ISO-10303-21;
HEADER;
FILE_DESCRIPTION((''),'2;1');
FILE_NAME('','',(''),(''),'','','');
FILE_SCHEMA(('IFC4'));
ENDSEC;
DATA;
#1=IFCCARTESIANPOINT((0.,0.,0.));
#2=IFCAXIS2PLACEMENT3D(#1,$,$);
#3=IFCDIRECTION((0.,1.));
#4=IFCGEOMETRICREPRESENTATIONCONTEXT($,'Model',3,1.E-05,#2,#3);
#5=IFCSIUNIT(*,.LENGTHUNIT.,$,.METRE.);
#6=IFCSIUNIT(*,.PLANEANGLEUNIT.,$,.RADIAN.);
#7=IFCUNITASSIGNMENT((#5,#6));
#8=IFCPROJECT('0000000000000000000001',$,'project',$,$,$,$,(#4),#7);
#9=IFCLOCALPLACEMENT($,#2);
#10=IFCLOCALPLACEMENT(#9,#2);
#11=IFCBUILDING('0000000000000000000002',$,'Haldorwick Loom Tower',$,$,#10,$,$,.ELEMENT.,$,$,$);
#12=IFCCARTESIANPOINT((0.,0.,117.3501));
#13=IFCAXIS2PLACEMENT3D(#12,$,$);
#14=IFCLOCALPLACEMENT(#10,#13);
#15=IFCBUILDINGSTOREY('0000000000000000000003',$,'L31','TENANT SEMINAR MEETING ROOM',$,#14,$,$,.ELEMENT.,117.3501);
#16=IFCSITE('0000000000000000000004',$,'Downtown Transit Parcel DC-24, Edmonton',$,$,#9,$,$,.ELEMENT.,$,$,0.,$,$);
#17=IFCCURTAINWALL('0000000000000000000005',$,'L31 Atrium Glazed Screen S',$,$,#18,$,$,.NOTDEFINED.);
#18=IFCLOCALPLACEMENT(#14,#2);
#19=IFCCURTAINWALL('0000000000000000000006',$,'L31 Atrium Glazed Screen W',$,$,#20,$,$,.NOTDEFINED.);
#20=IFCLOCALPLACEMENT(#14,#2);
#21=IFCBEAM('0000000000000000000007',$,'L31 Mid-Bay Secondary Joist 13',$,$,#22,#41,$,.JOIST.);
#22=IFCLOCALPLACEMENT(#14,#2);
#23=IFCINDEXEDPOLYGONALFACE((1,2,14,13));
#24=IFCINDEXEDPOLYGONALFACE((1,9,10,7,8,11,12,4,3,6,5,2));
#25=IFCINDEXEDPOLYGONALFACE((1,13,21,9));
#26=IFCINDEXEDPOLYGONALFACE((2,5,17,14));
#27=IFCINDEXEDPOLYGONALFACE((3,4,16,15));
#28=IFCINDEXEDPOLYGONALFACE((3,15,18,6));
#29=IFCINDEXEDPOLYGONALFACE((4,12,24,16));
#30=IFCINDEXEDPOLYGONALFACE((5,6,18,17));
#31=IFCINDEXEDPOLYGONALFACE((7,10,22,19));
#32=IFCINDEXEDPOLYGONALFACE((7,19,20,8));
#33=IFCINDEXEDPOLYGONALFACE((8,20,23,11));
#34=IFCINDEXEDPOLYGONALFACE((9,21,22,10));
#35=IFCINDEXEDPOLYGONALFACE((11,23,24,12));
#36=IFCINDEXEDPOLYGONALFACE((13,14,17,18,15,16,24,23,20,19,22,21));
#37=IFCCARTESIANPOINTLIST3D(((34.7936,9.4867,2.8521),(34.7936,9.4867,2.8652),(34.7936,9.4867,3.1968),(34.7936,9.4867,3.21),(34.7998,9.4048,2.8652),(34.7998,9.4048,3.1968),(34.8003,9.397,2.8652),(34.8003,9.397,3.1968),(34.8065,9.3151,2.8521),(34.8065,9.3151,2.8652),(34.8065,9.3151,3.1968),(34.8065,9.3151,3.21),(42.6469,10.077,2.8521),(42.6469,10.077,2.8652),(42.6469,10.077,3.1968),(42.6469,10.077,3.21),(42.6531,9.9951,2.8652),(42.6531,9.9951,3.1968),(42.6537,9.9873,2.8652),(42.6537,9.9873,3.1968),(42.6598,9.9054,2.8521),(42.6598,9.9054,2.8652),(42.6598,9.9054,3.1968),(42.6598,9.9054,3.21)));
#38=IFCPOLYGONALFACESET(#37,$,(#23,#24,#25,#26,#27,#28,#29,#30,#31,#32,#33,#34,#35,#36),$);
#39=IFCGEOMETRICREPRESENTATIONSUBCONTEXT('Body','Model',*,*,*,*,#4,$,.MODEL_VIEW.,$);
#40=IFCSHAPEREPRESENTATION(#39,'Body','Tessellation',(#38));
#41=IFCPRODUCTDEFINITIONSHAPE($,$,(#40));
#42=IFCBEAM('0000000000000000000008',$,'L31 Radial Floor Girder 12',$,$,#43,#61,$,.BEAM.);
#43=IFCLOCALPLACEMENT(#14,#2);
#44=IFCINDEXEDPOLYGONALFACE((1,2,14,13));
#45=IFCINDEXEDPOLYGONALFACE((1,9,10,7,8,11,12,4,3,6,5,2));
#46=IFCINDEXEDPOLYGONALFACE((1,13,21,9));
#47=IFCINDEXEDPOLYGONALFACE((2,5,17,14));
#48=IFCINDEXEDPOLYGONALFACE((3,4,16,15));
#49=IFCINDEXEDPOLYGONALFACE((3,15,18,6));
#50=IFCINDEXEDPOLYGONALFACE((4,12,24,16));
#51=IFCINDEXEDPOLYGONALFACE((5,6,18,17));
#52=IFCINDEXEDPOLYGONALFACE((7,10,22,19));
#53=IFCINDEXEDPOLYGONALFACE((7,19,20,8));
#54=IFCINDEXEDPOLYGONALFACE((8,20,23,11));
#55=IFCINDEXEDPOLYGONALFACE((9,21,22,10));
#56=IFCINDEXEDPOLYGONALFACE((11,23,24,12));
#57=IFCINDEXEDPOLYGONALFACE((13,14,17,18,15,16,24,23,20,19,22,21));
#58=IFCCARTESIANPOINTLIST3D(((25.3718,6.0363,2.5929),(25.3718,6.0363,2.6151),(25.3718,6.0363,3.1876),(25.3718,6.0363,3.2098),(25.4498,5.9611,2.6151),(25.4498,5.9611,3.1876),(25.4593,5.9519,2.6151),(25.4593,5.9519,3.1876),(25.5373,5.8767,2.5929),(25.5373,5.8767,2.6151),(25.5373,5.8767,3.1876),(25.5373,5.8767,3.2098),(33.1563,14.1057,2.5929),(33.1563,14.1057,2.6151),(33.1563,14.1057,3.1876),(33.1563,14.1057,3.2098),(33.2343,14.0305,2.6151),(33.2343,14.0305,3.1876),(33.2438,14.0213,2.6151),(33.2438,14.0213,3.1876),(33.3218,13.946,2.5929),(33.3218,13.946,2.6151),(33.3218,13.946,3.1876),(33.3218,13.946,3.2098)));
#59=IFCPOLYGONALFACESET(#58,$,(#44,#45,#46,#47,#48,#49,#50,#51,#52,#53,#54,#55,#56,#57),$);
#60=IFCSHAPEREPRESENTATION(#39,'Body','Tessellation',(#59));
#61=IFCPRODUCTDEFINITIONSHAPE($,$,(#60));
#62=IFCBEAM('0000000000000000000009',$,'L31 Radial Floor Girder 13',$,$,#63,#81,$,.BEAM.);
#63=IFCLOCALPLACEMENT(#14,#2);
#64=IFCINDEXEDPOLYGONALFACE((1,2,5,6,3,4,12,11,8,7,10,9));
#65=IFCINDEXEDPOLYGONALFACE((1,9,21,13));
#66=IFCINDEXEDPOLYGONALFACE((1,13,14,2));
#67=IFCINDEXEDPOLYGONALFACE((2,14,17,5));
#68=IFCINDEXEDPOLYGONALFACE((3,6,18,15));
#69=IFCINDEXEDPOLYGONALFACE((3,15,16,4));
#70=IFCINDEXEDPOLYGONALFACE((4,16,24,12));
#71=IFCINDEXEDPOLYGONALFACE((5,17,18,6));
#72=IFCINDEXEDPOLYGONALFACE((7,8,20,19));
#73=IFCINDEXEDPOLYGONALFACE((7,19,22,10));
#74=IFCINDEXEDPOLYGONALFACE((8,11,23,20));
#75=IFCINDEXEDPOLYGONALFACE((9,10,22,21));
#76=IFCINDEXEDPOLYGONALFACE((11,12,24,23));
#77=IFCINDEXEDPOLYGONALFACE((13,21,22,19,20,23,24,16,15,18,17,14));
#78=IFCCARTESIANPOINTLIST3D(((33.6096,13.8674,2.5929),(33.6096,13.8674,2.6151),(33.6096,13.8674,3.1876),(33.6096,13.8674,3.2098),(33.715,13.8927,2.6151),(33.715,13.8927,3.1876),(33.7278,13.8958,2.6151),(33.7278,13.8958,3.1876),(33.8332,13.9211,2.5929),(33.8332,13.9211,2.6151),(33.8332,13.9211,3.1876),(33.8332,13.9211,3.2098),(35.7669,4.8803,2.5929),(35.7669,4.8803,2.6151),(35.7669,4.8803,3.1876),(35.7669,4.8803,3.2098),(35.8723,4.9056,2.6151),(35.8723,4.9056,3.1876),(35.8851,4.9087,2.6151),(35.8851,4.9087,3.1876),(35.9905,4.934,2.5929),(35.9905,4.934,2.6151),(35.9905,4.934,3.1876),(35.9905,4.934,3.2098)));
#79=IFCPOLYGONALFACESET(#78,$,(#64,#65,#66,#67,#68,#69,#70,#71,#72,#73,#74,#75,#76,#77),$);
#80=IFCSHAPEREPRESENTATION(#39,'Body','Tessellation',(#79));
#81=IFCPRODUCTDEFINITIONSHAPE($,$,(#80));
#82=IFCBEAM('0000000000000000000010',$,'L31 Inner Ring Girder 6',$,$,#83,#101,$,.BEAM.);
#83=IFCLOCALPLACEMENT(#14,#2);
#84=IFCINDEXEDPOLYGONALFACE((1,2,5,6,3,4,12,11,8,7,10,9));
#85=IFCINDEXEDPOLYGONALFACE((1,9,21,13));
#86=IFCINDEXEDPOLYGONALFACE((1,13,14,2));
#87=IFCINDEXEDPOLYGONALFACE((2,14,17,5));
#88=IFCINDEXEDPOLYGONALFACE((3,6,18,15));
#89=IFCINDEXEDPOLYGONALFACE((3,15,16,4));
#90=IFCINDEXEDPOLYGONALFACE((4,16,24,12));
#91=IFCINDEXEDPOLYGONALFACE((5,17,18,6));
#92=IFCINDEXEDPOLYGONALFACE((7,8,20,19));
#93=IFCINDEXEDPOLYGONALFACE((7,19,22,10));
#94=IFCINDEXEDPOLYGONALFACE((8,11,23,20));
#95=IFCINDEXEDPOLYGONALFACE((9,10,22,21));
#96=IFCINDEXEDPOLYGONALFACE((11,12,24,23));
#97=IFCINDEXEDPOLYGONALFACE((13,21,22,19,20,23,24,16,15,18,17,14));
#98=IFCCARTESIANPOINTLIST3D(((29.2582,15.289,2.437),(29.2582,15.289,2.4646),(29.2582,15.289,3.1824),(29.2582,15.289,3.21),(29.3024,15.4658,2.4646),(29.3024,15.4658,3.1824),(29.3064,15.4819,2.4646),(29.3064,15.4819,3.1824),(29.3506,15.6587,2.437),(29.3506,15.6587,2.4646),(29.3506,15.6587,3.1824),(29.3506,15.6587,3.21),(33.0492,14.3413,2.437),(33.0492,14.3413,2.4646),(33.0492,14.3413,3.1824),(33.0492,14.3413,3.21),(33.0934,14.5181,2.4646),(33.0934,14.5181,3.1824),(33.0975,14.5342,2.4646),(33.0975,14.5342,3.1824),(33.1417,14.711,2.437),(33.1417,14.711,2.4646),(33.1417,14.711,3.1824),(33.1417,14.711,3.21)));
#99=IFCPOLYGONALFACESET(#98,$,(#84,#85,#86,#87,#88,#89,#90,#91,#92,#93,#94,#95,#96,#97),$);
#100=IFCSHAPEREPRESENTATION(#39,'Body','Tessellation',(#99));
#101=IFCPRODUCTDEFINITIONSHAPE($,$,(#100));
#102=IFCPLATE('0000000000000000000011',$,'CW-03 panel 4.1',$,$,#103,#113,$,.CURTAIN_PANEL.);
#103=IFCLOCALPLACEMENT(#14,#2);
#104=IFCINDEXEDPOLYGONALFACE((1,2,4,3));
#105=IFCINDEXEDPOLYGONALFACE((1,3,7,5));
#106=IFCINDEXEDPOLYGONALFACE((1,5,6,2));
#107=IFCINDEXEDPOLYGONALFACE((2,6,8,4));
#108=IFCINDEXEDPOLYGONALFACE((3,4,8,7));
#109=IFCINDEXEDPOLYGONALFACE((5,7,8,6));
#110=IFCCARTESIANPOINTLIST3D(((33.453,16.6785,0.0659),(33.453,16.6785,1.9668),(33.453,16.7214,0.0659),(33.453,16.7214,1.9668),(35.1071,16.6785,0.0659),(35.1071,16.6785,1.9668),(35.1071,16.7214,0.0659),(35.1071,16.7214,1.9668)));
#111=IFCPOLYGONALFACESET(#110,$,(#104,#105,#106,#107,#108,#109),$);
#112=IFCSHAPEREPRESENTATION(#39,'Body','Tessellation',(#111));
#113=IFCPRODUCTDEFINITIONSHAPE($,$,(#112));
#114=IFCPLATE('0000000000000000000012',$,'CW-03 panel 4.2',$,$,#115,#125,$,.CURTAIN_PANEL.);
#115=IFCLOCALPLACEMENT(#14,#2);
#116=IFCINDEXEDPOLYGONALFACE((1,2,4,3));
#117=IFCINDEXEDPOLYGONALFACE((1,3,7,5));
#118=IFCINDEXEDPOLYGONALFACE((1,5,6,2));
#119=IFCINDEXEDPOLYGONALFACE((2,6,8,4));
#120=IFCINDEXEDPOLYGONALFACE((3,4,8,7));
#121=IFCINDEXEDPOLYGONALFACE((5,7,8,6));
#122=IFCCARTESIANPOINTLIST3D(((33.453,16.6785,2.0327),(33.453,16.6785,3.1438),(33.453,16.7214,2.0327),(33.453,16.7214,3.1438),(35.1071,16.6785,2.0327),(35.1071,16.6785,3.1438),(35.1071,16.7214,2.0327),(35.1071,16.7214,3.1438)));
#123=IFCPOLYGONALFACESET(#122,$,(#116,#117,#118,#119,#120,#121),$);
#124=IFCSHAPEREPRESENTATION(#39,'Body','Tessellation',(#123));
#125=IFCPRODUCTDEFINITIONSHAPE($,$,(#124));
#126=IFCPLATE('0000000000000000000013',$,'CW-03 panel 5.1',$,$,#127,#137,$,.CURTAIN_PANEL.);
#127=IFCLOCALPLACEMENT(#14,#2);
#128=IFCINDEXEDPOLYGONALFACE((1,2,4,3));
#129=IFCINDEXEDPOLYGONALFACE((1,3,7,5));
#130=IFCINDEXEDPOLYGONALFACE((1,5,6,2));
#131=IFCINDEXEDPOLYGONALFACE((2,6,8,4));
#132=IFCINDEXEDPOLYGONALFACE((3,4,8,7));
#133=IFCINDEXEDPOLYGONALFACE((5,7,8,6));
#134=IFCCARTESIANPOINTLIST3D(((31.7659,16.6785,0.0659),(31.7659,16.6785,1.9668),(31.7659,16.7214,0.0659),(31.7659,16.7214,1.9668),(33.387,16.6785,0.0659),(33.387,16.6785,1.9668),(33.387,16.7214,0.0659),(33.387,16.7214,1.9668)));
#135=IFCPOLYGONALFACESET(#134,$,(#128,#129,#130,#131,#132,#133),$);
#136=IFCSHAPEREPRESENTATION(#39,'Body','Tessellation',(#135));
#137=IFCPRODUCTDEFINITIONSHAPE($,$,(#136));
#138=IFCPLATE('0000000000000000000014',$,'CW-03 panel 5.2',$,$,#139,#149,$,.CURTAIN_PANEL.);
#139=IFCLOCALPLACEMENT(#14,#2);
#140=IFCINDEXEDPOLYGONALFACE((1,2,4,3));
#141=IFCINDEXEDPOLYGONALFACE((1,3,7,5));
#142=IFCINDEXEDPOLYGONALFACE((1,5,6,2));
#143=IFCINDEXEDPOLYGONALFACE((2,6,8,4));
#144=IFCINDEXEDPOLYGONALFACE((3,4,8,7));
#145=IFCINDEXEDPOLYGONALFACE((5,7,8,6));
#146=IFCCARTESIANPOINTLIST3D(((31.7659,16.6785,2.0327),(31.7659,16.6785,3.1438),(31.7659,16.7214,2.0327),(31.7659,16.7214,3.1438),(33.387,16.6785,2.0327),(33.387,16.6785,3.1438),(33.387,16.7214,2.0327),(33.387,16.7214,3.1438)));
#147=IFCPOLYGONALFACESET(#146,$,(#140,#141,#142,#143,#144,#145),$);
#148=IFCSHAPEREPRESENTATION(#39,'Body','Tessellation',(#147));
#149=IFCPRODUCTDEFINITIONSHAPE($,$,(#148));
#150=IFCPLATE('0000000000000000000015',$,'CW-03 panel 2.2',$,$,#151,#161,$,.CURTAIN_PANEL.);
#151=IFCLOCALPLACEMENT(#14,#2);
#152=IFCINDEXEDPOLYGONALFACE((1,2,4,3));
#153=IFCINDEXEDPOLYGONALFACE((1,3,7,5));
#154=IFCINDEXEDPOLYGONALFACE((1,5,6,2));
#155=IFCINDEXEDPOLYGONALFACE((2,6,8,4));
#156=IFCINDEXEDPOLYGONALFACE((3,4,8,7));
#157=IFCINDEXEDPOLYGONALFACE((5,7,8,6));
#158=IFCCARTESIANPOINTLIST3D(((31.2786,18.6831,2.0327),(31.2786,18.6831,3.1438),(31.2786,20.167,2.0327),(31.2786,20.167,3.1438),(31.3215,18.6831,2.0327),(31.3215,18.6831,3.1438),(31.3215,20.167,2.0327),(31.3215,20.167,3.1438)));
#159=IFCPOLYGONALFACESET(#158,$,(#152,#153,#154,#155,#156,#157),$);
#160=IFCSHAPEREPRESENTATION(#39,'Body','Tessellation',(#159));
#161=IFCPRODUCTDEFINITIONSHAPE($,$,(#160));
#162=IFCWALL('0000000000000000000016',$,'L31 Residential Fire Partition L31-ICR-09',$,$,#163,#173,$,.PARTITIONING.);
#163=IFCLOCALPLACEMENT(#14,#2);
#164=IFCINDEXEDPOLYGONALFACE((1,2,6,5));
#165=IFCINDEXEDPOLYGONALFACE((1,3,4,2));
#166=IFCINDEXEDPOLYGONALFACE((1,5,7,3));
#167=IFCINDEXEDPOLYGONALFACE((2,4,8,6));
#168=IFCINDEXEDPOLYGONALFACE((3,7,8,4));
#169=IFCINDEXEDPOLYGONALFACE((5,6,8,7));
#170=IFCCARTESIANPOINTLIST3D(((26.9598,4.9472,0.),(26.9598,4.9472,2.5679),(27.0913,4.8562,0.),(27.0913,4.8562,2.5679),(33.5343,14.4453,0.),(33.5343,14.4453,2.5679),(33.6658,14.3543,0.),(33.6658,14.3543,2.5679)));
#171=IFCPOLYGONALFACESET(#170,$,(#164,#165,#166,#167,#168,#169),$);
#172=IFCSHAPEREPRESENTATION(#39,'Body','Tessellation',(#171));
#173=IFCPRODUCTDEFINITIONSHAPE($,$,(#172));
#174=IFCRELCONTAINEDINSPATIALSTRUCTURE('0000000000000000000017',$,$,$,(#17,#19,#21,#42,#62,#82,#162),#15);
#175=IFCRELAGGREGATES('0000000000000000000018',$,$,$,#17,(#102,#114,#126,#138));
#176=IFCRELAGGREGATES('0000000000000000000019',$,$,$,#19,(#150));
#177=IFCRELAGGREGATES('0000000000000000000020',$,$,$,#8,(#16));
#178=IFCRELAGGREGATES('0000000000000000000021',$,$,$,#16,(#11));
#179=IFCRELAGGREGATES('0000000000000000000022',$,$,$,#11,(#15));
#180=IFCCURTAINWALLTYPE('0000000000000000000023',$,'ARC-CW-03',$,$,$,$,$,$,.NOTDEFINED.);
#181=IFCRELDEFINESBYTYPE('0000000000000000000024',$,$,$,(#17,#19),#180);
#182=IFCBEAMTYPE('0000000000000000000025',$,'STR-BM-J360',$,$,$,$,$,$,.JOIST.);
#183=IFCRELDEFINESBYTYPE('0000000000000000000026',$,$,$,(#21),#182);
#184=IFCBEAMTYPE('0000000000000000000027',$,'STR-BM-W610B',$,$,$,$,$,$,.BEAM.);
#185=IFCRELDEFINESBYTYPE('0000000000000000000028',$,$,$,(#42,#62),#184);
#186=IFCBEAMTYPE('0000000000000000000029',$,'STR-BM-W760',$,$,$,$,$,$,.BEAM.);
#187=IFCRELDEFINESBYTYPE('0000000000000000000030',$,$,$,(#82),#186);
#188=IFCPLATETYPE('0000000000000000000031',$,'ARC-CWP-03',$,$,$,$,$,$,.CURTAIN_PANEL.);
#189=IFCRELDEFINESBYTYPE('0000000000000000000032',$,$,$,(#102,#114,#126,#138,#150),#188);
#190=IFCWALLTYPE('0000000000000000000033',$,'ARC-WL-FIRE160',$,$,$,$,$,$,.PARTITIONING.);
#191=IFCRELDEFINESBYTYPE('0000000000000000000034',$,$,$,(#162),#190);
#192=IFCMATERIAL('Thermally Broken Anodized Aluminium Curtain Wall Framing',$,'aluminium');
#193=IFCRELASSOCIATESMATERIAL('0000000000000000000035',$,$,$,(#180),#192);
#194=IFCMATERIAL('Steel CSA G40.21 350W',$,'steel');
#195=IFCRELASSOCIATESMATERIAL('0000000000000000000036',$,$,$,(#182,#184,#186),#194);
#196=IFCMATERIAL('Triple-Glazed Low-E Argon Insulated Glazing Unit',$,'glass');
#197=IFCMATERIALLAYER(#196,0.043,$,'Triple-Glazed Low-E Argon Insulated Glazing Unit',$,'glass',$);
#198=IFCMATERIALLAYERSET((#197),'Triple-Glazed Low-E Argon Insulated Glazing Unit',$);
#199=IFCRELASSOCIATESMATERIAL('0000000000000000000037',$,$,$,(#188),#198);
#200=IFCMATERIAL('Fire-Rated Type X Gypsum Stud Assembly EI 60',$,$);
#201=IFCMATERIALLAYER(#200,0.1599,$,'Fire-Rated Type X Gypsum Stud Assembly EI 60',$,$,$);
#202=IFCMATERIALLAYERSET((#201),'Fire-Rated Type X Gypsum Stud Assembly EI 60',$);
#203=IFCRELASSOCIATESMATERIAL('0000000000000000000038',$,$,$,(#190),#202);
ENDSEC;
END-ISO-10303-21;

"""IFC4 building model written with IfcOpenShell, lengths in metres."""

from ifc_helpers import new_model, si_unit, direction, frame, frame_2d, origin, origin_2d, place, context, subcontext, project, spatial, rectangle, i_section, extrude, material, layer, layer_set, material_profile, profile_set, type_object, element, aggregate, save


model = new_model("IFC4")

# Units and contexts
model_context = context("Model", 3, precision=1e-05, world=origin(), true_north=direction((0.0, 1.0)))
body_context = subcontext(model_context, "Body", "Model", "MODEL_VIEW")
ifc_project = project(units=[si_unit("LENGTHUNIT", "METRE"), si_unit("PLANEANGLEUNIT", "RADIAN")], contexts=[model_context])

# Site, building, storey
site_placement = place(None, origin())
site = spatial("IfcSite", under=ifc_project, at=site_placement, Name="Downtown Transit Parcel DC-24, Edmonton", CompositionType="ELEMENT", RefElevation=0.0)
building_placement = place(site_placement, origin())
building = spatial("IfcBuilding", under=site, at=building_placement, Name="Haldorwick Loom Tower", CompositionType="ELEMENT")
storey_placement = place(building_placement, frame((0.0, 0.0, 117.3501)))
storey = spatial("IfcBuildingStorey", under=building, at=storey_placement, Name="L31", Description="TENANT SEMINAR MEETING ROOM", CompositionType="ELEMENT", Elevation=117.3501)

# Curtain wall
ifc_material_1 = material(Name="Thermally Broken Anodized Aluminium Curtain Wall Framing", Category="aluminium")
curtain_wall_type = type_object("IfcCurtainWallType", Name="ARC-CW-03", PredefinedType="NOTDEFINED", material=ifc_material_1)
curtain_wall_1_placement = place(storey_placement, origin())
curtain_wall_1 = element("IfcCurtainWall", 1, at=curtain_wall_1_placement, inside=storey, type_object=curtain_wall_type, Name="L31 Atrium Glazed Screen S", PredefinedType="NOTDEFINED")

# Curtain wall
curtain_wall_2_placement = place(storey_placement, origin())
curtain_wall_2 = element("IfcCurtainWall", 2, at=curtain_wall_2_placement, inside=storey, type_object=curtain_wall_type, Name="L31 Atrium Glazed Screen W", PredefinedType="NOTDEFINED")

# Beams
ifc_material_2 = material(Name="Steel CSA G40.21 350W", Category="steel")
ifc_material_profile_1 = material_profile(ifc_material_2, i_section(OverallWidth=0.1721, OverallDepth=0.3579, WebThickness=0.0078, FlangeThickness=0.0132, at=origin_2d()), Name="W360X57", Category="steel")
ifc_profile_set_1 = profile_set([ifc_material_profile_1], Name="Steel CSA G40.21 350W")
beam_type_1 = type_object("IfcBeamType", Name="STR-BM-J360", PredefinedType="JOIST", material=ifc_profile_set_1)
beam_1_placement = place(storey_placement, frame((34.8, 9.4009, 3.031), z_axis=(0.997187, 0.074959, 0.0), x_axis=(-0.074959, 0.997187, 0.0)))
element("IfcBeam", 3, at=beam_1_placement, inside=storey, type_object=beam_type_1, Name="L31 Mid-Bay Secondary Joist 13", PredefinedType="JOIST", context=body_context, shape_type="SweptSolid", body=[
    extrude(i_section(OverallWidth=0.1721, OverallDepth=0.3579, WebThickness=0.0078, FlangeThickness=0.0132, at=origin_2d()), origin(), (0.0, 0.0, 1.0), 7.8755),
])
ifc_material_profile_2 = material_profile(ifc_material_2, i_section(OverallWidth=0.23, OverallDepth=0.6169, WebThickness=0.0132, FlangeThickness=0.0222, at=origin_2d()), Name="W610X140", Category="steel")
ifc_profile_set_2 = profile_set([ifc_material_profile_2], Name="Steel CSA G40.21 350W")
beam_type_2 = type_object("IfcBeamType", Name="STR-BM-W610B", PredefinedType="BEAM", material=ifc_profile_set_2)
beam_2_placement = place(storey_placement, frame((33.239, 14.0259, 2.9014), z_axis=(-0.694287, -0.719698, 0.0), x_axis=(0.719698, -0.694287, 0.0)))
element("IfcBeam", 4, at=beam_2_placement, inside=storey, type_object=beam_type_2, Name="L31 Radial Floor Girder 12", PredefinedType="BEAM", context=body_context, shape_type="SweptSolid", body=[
    extrude(i_section(OverallWidth=0.23, OverallDepth=0.6169, WebThickness=0.0132, FlangeThickness=0.0222, at=origin_2d()), origin(), (0.0, 0.0, 1.0), 11.2122),
])
beam_3_placement = place(storey_placement, frame((33.7214, 13.8943, 2.9014), z_axis=(0.233407, -0.972379, 0.0), x_axis=(0.972379, 0.233407, 0.0)))
element("IfcBeam", 5, at=beam_3_placement, inside=storey, type_object=beam_type_2, Name="L31 Radial Floor Girder 13", PredefinedType="BEAM", context=body_context, shape_type="SweptSolid", body=[
    extrude(i_section(OverallWidth=0.23, OverallDepth=0.6169, WebThickness=0.0132, FlangeThickness=0.0222, at=origin_2d()), origin(), (0.0, 0.0, 1.0), 9.2424),
])
ifc_material_profile_3 = material_profile(ifc_material_2, i_section(OverallWidth=0.3811, OverallDepth=0.7729, WebThickness=0.0166, FlangeThickness=0.0276, at=origin_2d()), Name="W760X257", Category="steel")
ifc_profile_set_3 = profile_set([ifc_material_profile_3], Name="Steel CSA G40.21 350W")
beam_type_3 = type_object("IfcBeamType", Name="STR-BM-W760", PredefinedType="BEAM", material=ifc_profile_set_3)
beam_4_placement = place(storey_placement, frame((33.0955, 14.5261, 2.8235), z_axis=(-0.970143, 0.242536, 0.0), x_axis=(-0.242536, -0.970143, 0.0)))
element("IfcBeam", 6, at=beam_4_placement, inside=storey, type_object=beam_type_3, Name="L31 Inner Ring Girder 6", PredefinedType="BEAM", context=body_context, shape_type="SweptSolid", body=[
    extrude(i_section(OverallWidth=0.3811, OverallDepth=0.7729, WebThickness=0.0166, FlangeThickness=0.0276, at=origin_2d()), origin(), (0.0, 0.0, 1.0), 3.9077),
])

# Plates
ifc_material_3 = material(Name="Triple-Glazed Low-E Argon Insulated Glazing Unit", Category="glass")
ifc_layer_1 = layer(ifc_material_3, 0.043, Name="Triple-Glazed Low-E Argon Insulated Glazing Unit", Category="glass")
ifc_layer_set_1 = layer_set([ifc_layer_1], Name="Triple-Glazed Low-E Argon Insulated Glazing Unit")
plate_type = type_object("IfcPlateType", Name="ARC-CWP-03", PredefinedType="CURTAIN_PANEL", material=ifc_layer_set_1)
plate_1_placement = place(storey_placement, frame((34.28, 16.7, 0.0659), z_axis=(0.0, 0.0, 1.0), x_axis=(-1.0, 0.0, 0.0)))
plate_1 = element("IfcPlate", 7, at=plate_1_placement, type_object=plate_type, Name="CW-03 panel 4.1", PredefinedType="CURTAIN_PANEL", context=body_context, shape_type="SweptSolid", body=[
    extrude(rectangle(XDim=1.6541, YDim=0.043, at=origin_2d()), origin(), (0.0, 0.0, 1.0), 1.9009),
])
plate_2_placement = place(storey_placement, frame((34.28, 16.7, 2.0327), z_axis=(0.0, 0.0, 1.0), x_axis=(-1.0, 0.0, 0.0)))
plate_2 = element("IfcPlate", 8, at=plate_2_placement, type_object=plate_type, Name="CW-03 panel 4.2", PredefinedType="CURTAIN_PANEL", context=body_context, shape_type="SweptSolid", body=[
    extrude(rectangle(XDim=1.6541, YDim=0.043, at=origin_2d()), origin(), (0.0, 0.0, 1.0), 1.1111),
])
plate_3_placement = place(storey_placement, frame((32.5764, 16.7, 0.0659), z_axis=(0.0, 0.0, 1.0), x_axis=(-1.0, 0.0, 0.0)))
plate_3 = element("IfcPlate", 9, at=plate_3_placement, type_object=plate_type, Name="CW-03 panel 5.1", PredefinedType="CURTAIN_PANEL", context=body_context, shape_type="SweptSolid", body=[
    extrude(rectangle(XDim=1.6211, YDim=0.043, at=origin_2d()), origin(), (0.0, 0.0, 1.0), 1.9009),
])
plate_4_placement = place(storey_placement, frame((32.5764, 16.7, 2.0327), z_axis=(0.0, 0.0, 1.0), x_axis=(-1.0, 0.0, 0.0)))
plate_4 = element("IfcPlate", 10, at=plate_4_placement, type_object=plate_type, Name="CW-03 panel 5.2", PredefinedType="CURTAIN_PANEL", context=body_context, shape_type="SweptSolid", body=[
    extrude(rectangle(XDim=1.6211, YDim=0.043, at=origin_2d()), origin(), (0.0, 0.0, 1.0), 1.1111),
])
aggregate(curtain_wall_1, [plate_1, plate_2, plate_3, plate_4])
plate_5_placement = place(storey_placement, frame((31.3, 19.425, 2.0327), z_axis=(0.0, 0.0, 1.0), x_axis=(0.0, 1.0, 0.0)))
plate_5 = element("IfcPlate", 11, at=plate_5_placement, type_object=plate_type, Name="CW-03 panel 2.2", PredefinedType="CURTAIN_PANEL", context=body_context, shape_type="SweptSolid", body=[
    extrude(rectangle(XDim=1.4839, YDim=0.043, at=origin_2d()), origin(), (0.0, 0.0, 1.0), 1.1111),
])
aggregate(curtain_wall_2, [plate_5])

# Wall
ifc_material_4 = material(Name="Fire-Rated Type X Gypsum Stud Assembly EI 60")
ifc_layer_2 = layer(ifc_material_4, 0.1599, Name="Fire-Rated Type X Gypsum Stud Assembly EI 60")
ifc_layer_set_2 = layer_set([ifc_layer_2], Name="Fire-Rated Type X Gypsum Stud Assembly EI 60")
wall_type = type_object("IfcWallType", Name="ARC-WL-FIRE160", PredefinedType="PARTITIONING", material=ifc_layer_set_2)
wall_placement = place(storey_placement, frame((33.6001, 14.3999, 0.0), z_axis=(0.0, 0.0, 1.0), x_axis=(-0.569145, -0.822237, 0.0)))
element("IfcWall", 12, at=wall_placement, inside=storey, type_object=wall_type, Name="L31 Residential Fire Partition L31-ICR-09", PredefinedType="PARTITIONING", context=body_context, shape_type="SweptSolid", body=[
    extrude(rectangle(XDim=11.5515, YDim=0.1599, at=frame_2d((5.7759, 0.0))), origin(), (0.0, 0.0, 1.0), 2.5679),
])

save(model, "model.ifc")
